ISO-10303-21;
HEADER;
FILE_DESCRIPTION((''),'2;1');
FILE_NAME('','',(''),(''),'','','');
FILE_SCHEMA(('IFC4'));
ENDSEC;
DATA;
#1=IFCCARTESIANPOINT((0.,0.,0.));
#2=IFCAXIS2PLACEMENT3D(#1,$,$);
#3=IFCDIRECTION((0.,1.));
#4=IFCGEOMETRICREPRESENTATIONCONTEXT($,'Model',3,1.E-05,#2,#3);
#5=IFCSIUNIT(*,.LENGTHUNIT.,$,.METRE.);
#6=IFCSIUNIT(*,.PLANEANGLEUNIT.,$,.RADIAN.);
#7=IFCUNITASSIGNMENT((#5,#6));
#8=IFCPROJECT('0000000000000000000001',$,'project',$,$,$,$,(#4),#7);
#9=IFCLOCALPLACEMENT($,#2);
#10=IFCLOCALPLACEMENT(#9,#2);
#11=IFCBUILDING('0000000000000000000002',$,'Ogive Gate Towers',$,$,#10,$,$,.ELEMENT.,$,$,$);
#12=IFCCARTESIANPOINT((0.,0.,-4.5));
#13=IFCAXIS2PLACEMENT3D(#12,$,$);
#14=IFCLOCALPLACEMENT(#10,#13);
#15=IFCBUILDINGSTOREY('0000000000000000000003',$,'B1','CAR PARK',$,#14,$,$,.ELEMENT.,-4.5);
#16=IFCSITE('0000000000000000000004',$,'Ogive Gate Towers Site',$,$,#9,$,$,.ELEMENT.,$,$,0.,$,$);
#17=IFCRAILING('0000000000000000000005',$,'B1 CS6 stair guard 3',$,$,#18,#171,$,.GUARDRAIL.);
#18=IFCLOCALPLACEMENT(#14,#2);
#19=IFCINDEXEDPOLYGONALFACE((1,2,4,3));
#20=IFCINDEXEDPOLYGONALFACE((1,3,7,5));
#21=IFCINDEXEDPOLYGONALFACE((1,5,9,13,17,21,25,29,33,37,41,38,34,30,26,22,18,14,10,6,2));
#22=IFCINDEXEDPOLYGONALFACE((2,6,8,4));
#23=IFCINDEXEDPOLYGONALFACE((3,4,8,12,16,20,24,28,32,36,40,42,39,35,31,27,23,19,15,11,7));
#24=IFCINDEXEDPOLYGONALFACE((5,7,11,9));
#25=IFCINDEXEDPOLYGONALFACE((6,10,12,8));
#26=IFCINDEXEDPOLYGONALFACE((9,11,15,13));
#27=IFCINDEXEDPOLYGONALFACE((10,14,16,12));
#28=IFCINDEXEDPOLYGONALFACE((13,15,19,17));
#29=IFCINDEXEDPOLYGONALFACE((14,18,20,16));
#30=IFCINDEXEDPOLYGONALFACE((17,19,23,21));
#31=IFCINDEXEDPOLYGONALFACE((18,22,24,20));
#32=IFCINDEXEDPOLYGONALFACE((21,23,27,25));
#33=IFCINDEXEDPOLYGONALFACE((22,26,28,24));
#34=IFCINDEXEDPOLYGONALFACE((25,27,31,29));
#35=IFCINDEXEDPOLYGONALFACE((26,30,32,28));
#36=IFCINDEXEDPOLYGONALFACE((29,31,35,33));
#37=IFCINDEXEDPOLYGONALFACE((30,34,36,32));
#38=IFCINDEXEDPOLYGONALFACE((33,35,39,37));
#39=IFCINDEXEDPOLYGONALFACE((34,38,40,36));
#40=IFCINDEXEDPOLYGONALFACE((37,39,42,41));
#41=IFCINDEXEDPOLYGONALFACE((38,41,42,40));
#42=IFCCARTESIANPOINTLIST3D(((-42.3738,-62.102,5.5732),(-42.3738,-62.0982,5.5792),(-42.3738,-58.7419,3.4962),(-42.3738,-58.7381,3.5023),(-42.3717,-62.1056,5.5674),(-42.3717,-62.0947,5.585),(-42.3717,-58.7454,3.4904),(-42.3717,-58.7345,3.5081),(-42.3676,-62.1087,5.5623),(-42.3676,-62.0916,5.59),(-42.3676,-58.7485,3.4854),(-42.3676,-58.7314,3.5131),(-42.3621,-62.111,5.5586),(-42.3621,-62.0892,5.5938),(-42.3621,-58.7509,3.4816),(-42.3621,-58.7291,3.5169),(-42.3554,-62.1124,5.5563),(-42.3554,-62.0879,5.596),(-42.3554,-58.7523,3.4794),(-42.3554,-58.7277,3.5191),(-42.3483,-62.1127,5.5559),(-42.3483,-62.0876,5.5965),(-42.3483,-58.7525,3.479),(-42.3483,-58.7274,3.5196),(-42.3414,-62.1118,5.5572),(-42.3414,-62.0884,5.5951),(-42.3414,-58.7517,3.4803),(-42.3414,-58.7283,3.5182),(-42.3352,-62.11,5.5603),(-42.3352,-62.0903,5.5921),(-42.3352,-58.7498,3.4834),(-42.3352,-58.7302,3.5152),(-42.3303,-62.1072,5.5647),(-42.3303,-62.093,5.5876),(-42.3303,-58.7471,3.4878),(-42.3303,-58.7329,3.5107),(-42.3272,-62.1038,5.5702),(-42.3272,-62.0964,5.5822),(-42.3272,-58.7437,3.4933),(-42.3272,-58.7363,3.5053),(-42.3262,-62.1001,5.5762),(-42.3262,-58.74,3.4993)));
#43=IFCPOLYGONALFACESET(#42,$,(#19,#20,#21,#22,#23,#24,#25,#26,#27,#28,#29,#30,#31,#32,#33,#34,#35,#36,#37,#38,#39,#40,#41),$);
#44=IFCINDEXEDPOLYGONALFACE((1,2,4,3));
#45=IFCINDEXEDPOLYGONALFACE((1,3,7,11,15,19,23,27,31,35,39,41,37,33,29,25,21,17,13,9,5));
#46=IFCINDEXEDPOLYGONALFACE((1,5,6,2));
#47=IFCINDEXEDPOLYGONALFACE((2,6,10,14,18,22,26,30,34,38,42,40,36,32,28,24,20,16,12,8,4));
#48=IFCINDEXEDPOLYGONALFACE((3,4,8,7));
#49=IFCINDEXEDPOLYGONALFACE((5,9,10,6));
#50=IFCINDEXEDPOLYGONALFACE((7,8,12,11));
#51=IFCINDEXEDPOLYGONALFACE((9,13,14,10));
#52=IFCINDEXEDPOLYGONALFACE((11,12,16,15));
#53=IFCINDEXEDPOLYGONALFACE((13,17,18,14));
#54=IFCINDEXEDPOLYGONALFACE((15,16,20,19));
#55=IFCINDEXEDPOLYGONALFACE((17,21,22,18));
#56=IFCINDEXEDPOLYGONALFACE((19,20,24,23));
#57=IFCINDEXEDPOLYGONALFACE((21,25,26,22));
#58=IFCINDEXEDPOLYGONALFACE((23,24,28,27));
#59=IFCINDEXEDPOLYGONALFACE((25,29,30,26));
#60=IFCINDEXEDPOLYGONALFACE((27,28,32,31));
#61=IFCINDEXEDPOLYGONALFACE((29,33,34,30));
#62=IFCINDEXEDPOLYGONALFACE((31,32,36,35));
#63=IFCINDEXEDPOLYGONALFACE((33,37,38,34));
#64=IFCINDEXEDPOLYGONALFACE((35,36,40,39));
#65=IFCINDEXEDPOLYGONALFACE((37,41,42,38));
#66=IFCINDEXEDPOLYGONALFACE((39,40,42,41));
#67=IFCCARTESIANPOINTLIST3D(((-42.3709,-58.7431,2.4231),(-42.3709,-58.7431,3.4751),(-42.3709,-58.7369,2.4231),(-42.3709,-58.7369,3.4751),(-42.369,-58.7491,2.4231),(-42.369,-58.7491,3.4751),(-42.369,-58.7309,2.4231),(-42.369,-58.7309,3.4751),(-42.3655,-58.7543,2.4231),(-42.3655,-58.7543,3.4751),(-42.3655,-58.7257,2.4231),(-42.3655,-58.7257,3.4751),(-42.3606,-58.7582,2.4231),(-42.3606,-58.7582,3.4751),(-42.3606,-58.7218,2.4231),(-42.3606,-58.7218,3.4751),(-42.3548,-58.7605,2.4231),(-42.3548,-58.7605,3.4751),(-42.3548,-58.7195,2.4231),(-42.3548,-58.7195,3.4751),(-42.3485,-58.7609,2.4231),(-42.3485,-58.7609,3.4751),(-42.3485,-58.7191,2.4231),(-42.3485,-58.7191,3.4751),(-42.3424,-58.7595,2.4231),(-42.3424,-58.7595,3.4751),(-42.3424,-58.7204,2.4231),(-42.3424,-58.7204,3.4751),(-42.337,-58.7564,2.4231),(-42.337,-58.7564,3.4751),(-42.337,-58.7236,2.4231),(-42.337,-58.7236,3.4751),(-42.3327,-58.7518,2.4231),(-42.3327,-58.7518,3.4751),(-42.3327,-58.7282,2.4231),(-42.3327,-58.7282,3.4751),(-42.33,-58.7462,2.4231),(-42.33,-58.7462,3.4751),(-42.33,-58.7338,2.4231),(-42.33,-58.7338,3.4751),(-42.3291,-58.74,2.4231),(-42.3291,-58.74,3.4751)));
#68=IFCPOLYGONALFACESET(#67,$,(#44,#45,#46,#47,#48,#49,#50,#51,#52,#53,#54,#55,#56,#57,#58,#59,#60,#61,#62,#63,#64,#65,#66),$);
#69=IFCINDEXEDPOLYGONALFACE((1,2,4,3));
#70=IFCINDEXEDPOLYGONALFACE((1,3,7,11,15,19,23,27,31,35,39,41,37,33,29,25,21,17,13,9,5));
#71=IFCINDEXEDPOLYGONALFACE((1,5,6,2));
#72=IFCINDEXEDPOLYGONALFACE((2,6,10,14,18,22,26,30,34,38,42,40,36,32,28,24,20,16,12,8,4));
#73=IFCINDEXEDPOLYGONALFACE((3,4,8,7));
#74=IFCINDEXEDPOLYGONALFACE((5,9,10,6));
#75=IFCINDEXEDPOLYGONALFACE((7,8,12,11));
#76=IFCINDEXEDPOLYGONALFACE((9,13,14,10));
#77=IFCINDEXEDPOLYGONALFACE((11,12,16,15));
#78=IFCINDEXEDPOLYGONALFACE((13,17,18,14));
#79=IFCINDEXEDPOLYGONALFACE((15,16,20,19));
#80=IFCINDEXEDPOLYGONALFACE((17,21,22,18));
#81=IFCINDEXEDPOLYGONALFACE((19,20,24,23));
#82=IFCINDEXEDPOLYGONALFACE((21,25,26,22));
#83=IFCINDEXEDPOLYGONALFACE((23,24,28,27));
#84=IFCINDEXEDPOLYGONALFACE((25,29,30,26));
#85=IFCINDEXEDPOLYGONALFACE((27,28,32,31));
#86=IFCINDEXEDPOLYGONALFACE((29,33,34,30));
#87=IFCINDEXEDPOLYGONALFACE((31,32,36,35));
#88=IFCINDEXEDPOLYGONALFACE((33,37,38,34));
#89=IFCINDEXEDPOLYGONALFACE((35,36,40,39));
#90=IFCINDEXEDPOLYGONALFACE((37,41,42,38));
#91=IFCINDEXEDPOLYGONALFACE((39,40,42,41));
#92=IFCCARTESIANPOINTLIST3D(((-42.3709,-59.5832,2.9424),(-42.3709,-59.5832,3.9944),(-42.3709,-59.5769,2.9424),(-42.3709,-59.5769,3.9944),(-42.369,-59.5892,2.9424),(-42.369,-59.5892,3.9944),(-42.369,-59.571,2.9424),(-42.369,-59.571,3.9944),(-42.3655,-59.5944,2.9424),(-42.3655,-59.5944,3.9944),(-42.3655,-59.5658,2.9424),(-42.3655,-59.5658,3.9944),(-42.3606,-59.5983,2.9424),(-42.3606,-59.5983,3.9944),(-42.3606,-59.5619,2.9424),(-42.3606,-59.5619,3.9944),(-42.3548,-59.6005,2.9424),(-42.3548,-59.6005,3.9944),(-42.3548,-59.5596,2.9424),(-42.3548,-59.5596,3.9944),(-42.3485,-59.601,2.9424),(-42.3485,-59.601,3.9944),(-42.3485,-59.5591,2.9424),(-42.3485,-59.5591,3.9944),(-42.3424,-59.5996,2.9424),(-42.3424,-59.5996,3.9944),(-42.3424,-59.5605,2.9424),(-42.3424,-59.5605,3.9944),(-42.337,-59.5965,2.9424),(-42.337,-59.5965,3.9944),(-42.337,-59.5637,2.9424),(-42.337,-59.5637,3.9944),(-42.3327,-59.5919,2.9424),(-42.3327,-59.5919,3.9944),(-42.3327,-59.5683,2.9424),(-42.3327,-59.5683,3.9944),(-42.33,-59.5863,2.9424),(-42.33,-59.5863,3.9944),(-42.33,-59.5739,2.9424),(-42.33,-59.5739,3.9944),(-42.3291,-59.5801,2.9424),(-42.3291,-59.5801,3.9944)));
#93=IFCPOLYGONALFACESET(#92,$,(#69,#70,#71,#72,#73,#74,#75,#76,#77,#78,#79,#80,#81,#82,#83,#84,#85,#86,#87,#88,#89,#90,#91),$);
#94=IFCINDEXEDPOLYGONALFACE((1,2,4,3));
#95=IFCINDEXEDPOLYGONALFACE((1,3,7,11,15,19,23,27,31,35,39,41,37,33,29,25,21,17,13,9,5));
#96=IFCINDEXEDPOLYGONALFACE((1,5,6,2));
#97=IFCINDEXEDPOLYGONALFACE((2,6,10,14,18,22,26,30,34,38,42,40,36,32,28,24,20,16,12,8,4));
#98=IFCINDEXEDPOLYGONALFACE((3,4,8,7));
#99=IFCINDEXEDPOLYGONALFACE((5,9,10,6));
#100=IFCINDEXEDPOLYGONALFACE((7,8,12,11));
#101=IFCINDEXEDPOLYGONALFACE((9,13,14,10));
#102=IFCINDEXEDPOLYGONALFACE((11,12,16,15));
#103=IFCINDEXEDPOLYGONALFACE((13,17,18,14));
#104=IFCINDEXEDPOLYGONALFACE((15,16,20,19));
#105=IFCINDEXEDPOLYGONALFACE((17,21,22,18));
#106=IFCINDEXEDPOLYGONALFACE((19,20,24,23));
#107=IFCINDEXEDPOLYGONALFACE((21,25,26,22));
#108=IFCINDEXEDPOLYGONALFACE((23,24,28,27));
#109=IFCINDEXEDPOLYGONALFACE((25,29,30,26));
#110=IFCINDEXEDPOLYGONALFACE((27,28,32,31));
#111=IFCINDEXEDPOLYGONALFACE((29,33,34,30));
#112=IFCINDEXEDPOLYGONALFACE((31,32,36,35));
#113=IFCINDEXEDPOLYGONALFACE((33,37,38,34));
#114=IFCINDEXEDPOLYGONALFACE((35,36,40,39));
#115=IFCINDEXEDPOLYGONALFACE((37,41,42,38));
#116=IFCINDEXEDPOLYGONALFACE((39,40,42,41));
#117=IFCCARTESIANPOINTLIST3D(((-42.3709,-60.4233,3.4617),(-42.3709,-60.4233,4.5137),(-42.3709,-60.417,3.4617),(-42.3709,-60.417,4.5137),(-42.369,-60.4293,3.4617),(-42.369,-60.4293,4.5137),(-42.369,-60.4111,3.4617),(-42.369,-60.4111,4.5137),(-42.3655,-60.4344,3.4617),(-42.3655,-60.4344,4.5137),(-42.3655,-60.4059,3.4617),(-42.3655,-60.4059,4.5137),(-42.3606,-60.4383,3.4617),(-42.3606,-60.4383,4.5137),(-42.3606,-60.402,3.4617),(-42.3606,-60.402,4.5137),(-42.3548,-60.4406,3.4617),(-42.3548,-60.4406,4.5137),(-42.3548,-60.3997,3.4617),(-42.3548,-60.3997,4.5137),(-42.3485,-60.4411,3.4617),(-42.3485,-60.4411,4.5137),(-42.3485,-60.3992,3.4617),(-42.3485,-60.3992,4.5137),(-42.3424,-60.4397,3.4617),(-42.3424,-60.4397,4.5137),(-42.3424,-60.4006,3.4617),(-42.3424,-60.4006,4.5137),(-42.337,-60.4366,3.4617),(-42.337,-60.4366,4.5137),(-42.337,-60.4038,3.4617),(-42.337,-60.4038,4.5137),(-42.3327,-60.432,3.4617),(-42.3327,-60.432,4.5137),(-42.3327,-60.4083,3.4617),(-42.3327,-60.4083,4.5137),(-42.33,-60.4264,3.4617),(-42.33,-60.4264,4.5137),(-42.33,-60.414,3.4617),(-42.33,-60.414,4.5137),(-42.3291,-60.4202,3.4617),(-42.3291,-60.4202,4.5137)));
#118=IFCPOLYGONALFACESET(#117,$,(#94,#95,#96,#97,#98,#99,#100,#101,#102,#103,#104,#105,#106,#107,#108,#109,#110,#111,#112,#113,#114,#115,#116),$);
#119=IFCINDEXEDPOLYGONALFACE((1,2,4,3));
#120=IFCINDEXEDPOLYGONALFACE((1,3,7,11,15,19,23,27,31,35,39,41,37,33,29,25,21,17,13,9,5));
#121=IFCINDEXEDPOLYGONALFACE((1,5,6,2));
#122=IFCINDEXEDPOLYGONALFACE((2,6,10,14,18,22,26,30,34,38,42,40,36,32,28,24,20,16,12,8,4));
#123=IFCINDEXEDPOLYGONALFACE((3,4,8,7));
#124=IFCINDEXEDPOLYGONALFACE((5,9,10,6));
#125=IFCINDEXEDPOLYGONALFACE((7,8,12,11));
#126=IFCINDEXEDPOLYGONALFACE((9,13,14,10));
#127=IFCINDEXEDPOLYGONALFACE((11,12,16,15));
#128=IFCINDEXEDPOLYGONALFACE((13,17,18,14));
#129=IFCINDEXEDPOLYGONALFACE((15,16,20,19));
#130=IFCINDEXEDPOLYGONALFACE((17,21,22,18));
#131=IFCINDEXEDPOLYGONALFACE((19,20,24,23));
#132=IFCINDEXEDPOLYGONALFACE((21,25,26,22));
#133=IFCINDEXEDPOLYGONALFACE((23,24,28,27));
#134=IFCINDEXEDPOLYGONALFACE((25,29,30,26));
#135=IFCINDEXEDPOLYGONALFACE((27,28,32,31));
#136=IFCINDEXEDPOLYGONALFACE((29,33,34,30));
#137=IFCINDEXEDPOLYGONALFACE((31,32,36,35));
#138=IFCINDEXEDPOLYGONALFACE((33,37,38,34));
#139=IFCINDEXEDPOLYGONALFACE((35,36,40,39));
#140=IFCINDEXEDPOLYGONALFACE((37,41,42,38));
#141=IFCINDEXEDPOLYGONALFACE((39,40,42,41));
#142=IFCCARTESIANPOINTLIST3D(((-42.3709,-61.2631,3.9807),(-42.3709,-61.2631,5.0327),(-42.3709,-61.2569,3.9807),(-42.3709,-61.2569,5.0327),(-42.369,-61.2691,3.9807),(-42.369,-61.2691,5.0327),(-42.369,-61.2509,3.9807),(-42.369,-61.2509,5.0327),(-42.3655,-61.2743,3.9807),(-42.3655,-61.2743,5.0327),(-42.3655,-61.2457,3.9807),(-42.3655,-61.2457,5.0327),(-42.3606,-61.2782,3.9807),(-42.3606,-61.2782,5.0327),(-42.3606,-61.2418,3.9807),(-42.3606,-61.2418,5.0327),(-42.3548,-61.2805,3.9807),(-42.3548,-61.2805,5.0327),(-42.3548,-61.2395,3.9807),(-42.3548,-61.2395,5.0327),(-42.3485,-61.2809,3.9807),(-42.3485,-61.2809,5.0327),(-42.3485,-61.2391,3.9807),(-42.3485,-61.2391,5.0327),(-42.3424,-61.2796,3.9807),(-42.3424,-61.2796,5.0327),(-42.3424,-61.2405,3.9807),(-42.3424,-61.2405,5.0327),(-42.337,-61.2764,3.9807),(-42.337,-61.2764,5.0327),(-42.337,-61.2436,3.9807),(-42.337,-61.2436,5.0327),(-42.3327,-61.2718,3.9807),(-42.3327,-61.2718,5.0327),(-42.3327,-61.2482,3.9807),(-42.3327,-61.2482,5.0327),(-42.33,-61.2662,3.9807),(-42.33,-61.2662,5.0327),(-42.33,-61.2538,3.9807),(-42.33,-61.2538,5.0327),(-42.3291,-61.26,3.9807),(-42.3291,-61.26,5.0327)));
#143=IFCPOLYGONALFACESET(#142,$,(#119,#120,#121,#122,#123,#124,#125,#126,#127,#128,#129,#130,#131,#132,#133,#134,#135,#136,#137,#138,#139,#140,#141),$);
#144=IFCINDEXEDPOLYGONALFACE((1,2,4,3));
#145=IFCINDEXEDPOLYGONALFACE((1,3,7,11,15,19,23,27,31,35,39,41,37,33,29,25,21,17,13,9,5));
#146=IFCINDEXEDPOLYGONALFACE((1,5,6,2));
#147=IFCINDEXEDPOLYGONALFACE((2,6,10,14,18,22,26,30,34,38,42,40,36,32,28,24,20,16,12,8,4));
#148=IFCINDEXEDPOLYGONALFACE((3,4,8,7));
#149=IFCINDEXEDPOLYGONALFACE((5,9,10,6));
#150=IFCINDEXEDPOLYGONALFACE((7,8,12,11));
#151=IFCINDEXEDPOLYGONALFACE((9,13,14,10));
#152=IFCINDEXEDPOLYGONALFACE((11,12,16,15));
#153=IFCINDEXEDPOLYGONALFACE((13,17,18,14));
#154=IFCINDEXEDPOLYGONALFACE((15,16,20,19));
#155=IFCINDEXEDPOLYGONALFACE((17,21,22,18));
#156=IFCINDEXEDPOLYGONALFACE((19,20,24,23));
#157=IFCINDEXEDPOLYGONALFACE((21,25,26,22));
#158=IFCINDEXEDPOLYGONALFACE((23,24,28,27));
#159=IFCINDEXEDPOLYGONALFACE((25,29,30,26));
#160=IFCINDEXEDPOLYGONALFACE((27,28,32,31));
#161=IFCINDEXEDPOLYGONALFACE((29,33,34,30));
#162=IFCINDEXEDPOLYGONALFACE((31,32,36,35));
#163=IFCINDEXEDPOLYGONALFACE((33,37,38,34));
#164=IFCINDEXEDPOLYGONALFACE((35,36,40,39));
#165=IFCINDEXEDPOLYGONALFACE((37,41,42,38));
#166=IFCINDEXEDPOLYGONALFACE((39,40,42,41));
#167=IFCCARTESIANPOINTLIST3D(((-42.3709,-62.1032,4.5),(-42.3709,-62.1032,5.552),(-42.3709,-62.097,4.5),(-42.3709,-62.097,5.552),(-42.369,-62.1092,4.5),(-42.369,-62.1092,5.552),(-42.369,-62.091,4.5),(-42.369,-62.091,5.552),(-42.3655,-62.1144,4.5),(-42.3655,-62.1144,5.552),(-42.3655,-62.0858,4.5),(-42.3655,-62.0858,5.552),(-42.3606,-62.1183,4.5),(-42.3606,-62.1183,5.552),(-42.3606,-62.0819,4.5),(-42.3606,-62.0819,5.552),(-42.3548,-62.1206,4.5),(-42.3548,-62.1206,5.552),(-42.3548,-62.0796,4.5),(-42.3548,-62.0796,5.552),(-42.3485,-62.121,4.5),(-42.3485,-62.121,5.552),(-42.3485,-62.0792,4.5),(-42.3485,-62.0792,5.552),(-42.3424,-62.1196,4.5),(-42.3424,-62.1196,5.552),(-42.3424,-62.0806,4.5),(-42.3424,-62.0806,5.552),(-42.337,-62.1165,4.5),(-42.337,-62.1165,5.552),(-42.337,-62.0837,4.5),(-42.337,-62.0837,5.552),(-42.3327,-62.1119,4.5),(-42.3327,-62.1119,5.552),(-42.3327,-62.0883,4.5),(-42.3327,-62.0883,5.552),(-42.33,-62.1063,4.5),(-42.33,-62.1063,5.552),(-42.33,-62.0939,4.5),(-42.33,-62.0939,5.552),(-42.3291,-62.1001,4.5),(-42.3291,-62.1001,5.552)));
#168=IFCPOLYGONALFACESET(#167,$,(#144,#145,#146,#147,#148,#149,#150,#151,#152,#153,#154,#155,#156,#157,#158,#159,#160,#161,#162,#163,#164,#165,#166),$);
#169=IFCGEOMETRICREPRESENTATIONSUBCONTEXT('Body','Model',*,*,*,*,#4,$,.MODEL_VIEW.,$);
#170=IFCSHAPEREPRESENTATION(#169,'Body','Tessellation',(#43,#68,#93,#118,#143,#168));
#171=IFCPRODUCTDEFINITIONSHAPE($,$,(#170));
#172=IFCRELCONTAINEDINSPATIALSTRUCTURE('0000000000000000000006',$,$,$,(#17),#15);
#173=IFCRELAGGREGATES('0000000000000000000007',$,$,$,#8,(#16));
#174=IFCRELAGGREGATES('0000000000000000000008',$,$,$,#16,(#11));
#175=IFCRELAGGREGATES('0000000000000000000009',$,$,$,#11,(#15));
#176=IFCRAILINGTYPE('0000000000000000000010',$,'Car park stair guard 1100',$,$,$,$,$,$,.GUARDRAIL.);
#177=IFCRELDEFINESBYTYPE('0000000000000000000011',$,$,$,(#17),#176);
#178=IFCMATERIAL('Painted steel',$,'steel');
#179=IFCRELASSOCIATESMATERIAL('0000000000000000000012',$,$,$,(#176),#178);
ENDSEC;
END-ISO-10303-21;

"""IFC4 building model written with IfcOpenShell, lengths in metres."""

from ifc_helpers import new_model, si_unit, direction, frame, origin, origin_2d, place, context, subcontext, project, spatial, circle, extrude, material, type_object, element, save


model = new_model("IFC4")

# Units and contexts
model_context = context("Model", 3, precision=1e-05, world=origin(), true_north=direction((0.0, 1.0)))
body_context = subcontext(model_context, "Body", "Model", "MODEL_VIEW")
ifc_project = project(units=[si_unit("LENGTHUNIT", "METRE"), si_unit("PLANEANGLEUNIT", "RADIAN")], contexts=[model_context])

# Site, building, storey
site_placement = place(None, origin())
site = spatial("IfcSite", under=ifc_project, at=site_placement, Name="Ogive Gate Towers Site", CompositionType="ELEMENT", RefElevation=0.0)
building_placement = place(site_placement, origin())
building = spatial("IfcBuilding", under=site, at=building_placement, Name="Ogive Gate Towers", CompositionType="ELEMENT")
storey_placement = place(building_placement, frame((0.0, 0.0, -4.5)))
storey = spatial("IfcBuildingStorey", under=building, at=storey_placement, Name="B1", Description="CAR PARK", CompositionType="ELEMENT", Elevation=-4.5)

# Railing
ifc_material_1 = material(Name="Painted steel", Category="steel")
railing_type_1 = type_object("IfcRailingType", Name="Car park stair guard 1100", PredefinedType="GUARDRAIL", material=ifc_material_1)
railing_1_placement = place(storey_placement, frame((-42.3501, -58.74, 2.4231)))
element("IfcRailing", 1, at=railing_1_placement, inside=storey, type_object=railing_type_1, Name="B1 CS6 stair guard 3", PredefinedType="GUARDRAIL", context=body_context, shape_type="SweptSolid", body=[
    extrude(circle(Radius=0.0239, at=origin_2d()), frame((0.0, 0.0, 1.0762), z_axis=(0.0, -0.850623, 0.525776), x_axis=(1.0, 0.0, 0.0)), (0.0, 0.0, 1.0), 3.9502),
    extrude(circle(Radius=0.021, at=origin_2d()), origin(), (0.0, 0.0, 1.0), 1.052),
    extrude(circle(Radius=0.021, at=origin_2d()), frame((0.0, -0.8401, 0.5193)), (0.0, 0.0, 1.0), 1.052),
    extrude(circle(Radius=0.021, at=origin_2d()), frame((0.0, -1.6802, 1.0386)), (0.0, 0.0, 1.0), 1.052),
    extrude(circle(Radius=0.021, at=origin_2d()), frame((0.0, -2.52, 1.5576)), (0.0, 0.0, 1.0), 1.052),
    extrude(circle(Radius=0.021, at=origin_2d()), frame((0.0, -3.3601, 2.0769)), (0.0, 0.0, 1.0), 1.052),
])

save(model, "model.ifc")
